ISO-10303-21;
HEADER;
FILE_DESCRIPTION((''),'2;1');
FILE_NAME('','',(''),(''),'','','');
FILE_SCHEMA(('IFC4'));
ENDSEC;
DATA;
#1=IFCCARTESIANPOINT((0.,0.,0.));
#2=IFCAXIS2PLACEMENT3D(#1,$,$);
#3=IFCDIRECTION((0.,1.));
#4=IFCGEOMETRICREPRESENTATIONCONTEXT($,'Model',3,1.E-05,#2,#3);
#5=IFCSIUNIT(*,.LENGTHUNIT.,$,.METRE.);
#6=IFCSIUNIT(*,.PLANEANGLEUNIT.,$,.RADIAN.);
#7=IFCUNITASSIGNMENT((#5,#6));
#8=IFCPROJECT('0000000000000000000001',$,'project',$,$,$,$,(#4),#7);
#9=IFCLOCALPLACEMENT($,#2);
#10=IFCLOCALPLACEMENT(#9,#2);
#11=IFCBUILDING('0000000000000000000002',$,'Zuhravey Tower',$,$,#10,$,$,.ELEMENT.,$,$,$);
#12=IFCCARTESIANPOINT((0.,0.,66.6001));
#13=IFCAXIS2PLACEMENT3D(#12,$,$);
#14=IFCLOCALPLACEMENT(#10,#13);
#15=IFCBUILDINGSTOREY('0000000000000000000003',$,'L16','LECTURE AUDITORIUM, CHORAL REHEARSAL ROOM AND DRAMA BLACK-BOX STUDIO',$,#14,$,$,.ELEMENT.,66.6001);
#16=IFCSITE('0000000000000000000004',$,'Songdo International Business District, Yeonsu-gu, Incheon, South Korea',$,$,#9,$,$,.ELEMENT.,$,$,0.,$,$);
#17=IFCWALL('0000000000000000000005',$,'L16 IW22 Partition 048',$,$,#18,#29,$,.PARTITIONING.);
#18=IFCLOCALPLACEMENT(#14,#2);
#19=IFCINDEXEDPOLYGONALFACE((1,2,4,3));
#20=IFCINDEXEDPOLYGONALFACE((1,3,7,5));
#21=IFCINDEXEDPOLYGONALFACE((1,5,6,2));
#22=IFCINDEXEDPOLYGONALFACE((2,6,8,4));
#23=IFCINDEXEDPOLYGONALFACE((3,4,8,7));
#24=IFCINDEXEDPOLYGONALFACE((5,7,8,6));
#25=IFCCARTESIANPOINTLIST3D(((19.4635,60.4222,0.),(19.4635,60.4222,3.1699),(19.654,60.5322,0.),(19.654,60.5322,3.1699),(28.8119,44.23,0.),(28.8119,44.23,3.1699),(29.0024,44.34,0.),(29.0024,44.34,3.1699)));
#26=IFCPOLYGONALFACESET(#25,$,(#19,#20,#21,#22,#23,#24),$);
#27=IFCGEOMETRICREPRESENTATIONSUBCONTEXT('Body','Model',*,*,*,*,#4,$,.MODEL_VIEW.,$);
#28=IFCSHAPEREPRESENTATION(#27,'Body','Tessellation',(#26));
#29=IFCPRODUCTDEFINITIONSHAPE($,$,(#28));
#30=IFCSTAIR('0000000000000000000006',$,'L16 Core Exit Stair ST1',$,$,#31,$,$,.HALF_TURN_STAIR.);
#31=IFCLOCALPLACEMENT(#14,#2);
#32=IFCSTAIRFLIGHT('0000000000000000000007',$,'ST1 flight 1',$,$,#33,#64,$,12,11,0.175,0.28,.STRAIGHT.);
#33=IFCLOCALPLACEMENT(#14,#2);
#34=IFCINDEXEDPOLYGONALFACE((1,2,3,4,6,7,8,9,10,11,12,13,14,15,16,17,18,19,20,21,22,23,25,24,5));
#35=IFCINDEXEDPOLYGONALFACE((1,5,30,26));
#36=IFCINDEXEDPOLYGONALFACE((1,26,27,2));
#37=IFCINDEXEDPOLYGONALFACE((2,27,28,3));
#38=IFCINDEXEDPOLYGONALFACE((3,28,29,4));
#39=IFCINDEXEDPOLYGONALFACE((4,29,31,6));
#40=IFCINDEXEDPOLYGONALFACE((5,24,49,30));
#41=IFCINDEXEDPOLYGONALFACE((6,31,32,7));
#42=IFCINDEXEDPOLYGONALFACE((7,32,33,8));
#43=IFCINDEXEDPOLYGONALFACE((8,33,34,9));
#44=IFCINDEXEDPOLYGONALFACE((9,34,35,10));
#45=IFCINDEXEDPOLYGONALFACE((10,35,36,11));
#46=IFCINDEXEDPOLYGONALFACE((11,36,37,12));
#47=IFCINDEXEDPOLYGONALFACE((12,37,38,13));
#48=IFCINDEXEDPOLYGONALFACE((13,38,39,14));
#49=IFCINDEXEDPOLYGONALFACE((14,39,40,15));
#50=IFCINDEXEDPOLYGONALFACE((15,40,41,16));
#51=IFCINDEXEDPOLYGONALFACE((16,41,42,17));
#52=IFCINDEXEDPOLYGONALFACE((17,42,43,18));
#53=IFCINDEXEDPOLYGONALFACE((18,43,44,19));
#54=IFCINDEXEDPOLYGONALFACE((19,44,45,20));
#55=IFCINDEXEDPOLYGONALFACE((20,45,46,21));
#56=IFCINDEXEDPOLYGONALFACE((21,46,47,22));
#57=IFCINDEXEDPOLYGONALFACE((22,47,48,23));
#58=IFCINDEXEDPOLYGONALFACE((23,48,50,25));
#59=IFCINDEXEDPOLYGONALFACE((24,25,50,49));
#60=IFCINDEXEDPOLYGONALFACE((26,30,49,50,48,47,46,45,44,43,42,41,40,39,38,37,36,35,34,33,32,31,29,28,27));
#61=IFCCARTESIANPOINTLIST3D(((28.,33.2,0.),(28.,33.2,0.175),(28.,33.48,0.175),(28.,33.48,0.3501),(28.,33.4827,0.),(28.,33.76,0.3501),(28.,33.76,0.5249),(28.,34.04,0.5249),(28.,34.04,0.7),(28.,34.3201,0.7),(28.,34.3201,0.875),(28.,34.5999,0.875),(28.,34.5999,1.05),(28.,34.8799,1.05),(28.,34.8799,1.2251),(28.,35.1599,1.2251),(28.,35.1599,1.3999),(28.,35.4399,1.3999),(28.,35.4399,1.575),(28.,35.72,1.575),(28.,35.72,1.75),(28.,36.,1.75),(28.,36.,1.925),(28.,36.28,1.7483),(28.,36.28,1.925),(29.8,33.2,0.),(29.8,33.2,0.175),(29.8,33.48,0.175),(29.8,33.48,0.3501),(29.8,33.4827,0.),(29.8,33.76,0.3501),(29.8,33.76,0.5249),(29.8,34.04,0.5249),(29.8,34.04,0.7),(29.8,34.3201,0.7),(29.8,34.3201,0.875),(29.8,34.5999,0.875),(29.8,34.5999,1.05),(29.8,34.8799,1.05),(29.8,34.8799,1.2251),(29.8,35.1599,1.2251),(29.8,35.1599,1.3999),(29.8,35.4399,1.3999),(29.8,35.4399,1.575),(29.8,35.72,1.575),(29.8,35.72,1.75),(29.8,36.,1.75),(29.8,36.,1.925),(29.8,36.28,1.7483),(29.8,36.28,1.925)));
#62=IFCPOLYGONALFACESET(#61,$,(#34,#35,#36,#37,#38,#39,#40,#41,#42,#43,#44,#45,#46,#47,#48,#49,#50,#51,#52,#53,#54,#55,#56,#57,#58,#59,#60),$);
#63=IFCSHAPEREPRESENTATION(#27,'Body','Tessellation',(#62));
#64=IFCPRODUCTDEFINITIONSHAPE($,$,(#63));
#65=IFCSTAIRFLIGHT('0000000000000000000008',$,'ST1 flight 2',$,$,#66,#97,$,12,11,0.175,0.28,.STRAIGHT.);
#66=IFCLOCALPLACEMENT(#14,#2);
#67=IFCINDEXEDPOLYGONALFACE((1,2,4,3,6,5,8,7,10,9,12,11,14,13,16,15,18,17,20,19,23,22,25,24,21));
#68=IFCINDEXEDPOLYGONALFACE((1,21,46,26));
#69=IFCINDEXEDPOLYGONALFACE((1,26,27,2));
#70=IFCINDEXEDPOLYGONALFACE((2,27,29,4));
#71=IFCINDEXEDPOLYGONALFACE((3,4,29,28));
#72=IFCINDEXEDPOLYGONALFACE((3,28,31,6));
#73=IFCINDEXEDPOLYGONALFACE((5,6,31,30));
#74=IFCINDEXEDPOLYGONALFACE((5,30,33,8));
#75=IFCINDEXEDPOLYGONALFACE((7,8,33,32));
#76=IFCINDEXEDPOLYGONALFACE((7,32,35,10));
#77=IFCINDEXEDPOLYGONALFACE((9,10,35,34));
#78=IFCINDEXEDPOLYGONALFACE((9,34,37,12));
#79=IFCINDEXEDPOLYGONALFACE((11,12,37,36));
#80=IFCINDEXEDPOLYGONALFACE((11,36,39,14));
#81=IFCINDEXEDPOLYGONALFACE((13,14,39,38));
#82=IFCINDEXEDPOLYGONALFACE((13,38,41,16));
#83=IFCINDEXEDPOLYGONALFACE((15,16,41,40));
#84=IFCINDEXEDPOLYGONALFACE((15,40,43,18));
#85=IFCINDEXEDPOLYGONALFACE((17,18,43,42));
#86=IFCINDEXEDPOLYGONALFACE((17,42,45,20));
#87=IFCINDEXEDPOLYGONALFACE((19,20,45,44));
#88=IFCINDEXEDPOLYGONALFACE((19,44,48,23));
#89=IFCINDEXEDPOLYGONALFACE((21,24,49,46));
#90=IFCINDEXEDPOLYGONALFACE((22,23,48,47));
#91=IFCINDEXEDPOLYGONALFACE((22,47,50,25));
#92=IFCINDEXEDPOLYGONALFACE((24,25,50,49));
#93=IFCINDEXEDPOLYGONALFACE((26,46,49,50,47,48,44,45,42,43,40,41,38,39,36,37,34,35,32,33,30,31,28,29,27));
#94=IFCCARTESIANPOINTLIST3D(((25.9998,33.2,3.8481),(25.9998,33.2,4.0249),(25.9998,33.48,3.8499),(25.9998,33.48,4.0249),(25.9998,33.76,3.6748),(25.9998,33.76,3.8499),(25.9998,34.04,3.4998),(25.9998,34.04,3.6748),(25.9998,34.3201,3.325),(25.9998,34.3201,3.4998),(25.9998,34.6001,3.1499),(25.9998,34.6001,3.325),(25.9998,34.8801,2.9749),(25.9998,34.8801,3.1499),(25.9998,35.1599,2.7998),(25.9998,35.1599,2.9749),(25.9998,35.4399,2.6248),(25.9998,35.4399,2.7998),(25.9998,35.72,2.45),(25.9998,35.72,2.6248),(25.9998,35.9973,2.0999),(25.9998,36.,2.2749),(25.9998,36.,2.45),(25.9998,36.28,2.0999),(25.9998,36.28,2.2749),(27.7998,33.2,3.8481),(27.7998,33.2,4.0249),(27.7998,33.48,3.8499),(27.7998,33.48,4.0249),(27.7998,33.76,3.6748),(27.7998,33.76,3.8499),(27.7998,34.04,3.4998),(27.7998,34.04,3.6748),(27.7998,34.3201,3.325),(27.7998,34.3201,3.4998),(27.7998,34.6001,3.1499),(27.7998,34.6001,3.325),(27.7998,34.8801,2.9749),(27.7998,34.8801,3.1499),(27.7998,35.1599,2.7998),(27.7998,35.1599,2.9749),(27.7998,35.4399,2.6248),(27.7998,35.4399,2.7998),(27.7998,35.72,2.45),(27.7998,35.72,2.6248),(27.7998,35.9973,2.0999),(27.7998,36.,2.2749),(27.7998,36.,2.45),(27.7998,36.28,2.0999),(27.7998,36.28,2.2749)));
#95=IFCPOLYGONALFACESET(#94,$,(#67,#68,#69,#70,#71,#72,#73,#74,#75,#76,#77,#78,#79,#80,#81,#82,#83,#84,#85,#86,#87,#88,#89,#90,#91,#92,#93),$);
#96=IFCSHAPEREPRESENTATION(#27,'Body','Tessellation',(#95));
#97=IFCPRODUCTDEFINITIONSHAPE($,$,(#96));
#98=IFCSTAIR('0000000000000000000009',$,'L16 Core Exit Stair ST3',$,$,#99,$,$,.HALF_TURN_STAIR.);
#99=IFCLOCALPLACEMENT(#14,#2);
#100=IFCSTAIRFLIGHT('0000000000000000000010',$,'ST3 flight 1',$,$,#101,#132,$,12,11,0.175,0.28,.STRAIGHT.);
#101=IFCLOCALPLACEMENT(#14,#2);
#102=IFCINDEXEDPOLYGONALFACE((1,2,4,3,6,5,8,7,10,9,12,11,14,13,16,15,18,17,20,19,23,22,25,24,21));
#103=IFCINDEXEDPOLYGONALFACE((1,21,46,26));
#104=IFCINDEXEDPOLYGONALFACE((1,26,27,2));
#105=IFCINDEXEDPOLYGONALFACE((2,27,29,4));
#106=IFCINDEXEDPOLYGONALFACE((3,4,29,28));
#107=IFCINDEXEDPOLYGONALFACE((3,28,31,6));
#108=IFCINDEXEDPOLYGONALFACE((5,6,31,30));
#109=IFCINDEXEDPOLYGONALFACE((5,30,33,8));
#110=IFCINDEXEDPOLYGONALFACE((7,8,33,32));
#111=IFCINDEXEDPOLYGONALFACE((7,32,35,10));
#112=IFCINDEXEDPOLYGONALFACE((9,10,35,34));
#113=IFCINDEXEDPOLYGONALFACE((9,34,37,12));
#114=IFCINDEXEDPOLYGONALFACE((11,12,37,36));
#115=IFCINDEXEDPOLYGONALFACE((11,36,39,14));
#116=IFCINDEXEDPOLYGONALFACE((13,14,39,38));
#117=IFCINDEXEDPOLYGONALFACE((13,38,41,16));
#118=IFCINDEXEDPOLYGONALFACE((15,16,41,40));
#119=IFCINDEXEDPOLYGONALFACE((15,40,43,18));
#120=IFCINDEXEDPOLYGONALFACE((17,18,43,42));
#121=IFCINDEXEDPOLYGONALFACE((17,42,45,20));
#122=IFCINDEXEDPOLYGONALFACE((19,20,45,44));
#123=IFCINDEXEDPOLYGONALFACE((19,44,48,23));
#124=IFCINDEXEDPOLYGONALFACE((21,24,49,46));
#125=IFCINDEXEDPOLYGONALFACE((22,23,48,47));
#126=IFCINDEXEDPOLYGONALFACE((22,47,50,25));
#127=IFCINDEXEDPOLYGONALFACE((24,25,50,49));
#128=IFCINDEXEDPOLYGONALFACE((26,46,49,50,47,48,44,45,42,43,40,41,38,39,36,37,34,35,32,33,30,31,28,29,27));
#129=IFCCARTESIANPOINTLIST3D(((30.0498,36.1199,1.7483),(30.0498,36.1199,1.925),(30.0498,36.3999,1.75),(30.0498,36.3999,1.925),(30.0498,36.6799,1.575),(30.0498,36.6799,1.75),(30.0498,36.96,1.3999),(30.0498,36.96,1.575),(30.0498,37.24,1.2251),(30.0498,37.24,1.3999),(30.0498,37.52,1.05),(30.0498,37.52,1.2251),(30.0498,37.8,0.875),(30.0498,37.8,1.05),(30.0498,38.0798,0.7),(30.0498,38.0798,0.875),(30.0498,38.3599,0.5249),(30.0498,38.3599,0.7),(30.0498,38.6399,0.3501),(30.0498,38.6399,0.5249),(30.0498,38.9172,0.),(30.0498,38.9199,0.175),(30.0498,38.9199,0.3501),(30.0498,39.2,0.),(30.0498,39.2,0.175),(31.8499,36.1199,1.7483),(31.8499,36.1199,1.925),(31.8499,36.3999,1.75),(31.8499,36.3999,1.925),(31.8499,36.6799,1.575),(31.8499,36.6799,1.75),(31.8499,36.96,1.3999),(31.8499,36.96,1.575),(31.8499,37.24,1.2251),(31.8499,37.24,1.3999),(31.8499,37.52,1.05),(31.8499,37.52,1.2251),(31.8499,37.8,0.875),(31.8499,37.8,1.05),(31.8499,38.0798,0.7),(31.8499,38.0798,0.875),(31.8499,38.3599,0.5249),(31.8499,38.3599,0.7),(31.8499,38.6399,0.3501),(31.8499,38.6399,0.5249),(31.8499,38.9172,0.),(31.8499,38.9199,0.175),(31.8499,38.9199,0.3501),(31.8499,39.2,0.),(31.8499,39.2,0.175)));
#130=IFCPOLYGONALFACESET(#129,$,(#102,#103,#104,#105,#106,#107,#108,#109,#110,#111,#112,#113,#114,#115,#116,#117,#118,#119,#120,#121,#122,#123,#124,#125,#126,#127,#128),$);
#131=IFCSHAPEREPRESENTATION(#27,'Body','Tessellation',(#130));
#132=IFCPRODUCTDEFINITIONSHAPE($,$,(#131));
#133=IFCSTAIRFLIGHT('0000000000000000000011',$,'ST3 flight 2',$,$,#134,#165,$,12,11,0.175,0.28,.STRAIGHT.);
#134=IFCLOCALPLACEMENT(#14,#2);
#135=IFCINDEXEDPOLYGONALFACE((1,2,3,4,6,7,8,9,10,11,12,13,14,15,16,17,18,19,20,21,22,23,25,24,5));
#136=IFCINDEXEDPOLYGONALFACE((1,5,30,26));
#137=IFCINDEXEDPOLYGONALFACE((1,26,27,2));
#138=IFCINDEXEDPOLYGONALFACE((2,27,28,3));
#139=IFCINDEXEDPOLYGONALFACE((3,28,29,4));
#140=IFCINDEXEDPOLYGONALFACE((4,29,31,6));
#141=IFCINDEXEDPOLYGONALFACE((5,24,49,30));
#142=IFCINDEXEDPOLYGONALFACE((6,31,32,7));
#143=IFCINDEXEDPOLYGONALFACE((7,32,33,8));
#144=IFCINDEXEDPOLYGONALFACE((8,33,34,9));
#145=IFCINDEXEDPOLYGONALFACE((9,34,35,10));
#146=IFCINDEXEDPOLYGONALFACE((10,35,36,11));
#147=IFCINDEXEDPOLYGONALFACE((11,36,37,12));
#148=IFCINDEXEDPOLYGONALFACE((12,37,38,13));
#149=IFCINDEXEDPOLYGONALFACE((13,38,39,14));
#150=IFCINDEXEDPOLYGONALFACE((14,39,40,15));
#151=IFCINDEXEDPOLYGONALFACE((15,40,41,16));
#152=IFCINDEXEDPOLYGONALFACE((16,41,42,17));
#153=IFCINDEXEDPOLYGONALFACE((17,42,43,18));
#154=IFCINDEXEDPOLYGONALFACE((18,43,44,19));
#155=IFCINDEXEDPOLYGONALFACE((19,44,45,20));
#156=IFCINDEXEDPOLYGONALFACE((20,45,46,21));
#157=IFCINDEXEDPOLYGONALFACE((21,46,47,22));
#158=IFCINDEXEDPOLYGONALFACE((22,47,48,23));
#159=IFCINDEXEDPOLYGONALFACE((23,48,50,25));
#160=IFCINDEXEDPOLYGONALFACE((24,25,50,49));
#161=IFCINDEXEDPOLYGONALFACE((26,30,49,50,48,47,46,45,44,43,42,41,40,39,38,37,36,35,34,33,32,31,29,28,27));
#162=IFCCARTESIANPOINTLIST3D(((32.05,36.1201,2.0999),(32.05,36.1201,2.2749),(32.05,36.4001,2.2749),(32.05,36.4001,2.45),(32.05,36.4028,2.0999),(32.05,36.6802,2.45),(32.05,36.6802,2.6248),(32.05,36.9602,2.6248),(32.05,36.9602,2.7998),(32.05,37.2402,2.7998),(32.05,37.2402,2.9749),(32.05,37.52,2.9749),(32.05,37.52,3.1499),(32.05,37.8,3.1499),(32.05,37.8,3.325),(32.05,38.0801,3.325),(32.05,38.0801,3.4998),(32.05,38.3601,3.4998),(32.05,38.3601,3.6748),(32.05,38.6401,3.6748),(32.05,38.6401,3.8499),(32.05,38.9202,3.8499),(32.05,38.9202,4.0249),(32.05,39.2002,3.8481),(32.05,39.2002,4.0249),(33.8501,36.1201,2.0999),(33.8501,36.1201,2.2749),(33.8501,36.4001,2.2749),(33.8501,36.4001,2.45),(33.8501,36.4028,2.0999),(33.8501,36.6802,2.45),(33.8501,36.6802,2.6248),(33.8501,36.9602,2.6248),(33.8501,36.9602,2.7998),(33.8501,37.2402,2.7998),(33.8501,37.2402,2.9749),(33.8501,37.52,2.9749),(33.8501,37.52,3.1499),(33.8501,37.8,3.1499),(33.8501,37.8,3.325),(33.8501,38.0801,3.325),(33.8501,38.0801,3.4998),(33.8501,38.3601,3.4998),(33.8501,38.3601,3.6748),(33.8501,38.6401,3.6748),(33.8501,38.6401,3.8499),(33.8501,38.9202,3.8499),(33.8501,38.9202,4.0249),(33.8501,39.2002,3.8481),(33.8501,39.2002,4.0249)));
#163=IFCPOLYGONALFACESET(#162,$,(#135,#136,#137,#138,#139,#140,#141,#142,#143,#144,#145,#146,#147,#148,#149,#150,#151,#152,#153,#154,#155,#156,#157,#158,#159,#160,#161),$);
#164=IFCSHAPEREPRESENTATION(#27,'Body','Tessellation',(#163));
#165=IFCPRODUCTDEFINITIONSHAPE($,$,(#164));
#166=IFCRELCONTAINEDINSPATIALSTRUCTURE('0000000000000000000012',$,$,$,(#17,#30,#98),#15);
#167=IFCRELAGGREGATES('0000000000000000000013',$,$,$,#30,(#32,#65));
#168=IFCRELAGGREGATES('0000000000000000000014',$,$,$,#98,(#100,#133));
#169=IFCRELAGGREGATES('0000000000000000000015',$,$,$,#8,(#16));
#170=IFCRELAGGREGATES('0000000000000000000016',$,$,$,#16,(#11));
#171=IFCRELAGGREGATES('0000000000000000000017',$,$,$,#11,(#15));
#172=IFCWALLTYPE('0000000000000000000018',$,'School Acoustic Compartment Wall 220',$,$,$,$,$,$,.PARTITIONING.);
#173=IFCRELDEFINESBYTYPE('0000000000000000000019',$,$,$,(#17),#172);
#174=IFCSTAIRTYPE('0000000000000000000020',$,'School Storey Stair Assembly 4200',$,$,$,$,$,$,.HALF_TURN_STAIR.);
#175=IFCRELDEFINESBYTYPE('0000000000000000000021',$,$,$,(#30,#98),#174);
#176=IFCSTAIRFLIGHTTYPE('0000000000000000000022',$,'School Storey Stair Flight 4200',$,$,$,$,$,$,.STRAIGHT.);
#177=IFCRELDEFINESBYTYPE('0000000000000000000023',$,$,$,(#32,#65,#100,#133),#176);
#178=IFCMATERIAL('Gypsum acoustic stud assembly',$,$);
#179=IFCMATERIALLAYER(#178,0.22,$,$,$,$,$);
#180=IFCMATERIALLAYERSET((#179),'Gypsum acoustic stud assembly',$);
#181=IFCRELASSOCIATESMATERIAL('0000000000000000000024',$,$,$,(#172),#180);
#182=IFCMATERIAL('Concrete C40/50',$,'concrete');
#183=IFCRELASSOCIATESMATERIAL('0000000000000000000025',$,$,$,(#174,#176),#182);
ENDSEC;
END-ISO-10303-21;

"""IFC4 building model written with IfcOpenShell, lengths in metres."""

from ifc_helpers import new_model, si_unit, direction, frame, frame_2d, origin, place, context, subcontext, project, spatial, polyline, rectangle, outline, extrude, material, layer, layer_set, type_object, element, aggregate, save


model = new_model("IFC4")

# Units and contexts
model_context = context("Model", 3, precision=1e-05, world=origin(), true_north=direction((0.0, 1.0)))
body_context = subcontext(model_context, "Body", "Model", "MODEL_VIEW")
ifc_project = project(units=[si_unit("LENGTHUNIT", "METRE"), si_unit("PLANEANGLEUNIT", "RADIAN")], contexts=[model_context])

# Site, building, storey
site_placement = place(None, origin())
site = spatial("IfcSite", under=ifc_project, at=site_placement, Name="Songdo International Business District, Yeonsu-gu, Incheon, South Korea", CompositionType="ELEMENT", RefElevation=0.0)
building_placement = place(site_placement, origin())
building = spatial("IfcBuilding", under=site, at=building_placement, Name="Zuhravey Tower", CompositionType="ELEMENT")
storey_placement = place(building_placement, frame((0.0, 0.0, 66.6001)))
storey = spatial("IfcBuildingStorey", under=building, at=storey_placement, Name="L16", Description="LECTURE AUDITORIUM, CHORAL REHEARSAL ROOM AND DRAMA BLACK-BOX STUDIO", CompositionType="ELEMENT", Elevation=66.6001)

# Wall
ifc_material_1 = material(Name="Gypsum acoustic stud assembly")
ifc_layer_1 = layer(ifc_material_1, 0.22)
ifc_layer_set_1 = layer_set([ifc_layer_1], Name="Gypsum acoustic stud assembly")
wall_type_1 = type_object("IfcWallType", Name="School Acoustic Compartment Wall 220", PredefinedType="PARTITIONING", material=ifc_layer_set_1)
wall_1_placement = place(storey_placement, frame((28.9072, 44.2849, 0.0), z_axis=(0.0, 0.0, 1.0), x_axis=(-0.499994, 0.866029, 0.0)))
element("IfcWall", 1, at=wall_1_placement, inside=storey, type_object=wall_type_1, Name="L16 IW22 Partition 048", PredefinedType="PARTITIONING", context=body_context, shape_type="SweptSolid", body=[
    extrude(rectangle(XDim=18.697, YDim=0.22, at=frame_2d((9.3486, 0.0))), origin(), (0.0, 0.0, 1.0), 3.1699),
])

# Stairs, stair flights
ifc_material_2 = material(Name="Concrete C40/50", Category="concrete")
stair_type = type_object("IfcStairType", Name="School Storey Stair Assembly 4200", PredefinedType="HALF_TURN_STAIR", material=ifc_material_2)
stair_1_placement = place(storey_placement, origin())
stair_1 = element("IfcStair", 2, at=stair_1_placement, inside=storey, type_object=stair_type, Name="L16 Core Exit Stair ST1", PredefinedType="HALF_TURN_STAIR")
stair_flight_type = type_object("IfcStairFlightType", Name="School Storey Stair Flight 4200", PredefinedType="STRAIGHT", material=ifc_material_2)
stair_flight_1_placement = place(storey_placement, frame((28.8999, 33.2, 0.0), z_axis=(0.0, 0.0, 1.0), x_axis=(0.0, 1.0, 0.0)))
stair_flight_1 = element("IfcStairFlight", 3, at=stair_flight_1_placement, type_object=stair_flight_type, Name="ST1 flight 1", NumberOfRisers=12, NumberOfTreads=11, PredefinedType="STRAIGHT", RiserHeight=0.175, TreadLength=0.28, context=body_context, shape_type="SweptSolid", body=[
    extrude(outline(polyline([(0.0, 0.0), (0.0, 0.175), (0.28, 0.175), (0.28, 0.3501), (0.5601, 0.3501), (0.5601, 0.5249), (0.8401, 0.5249), (0.8401, 0.7), (1.1201, 0.7), (1.1201, 0.875), (1.3999, 0.875), (1.3999, 1.05), (1.6799, 1.05), (1.6799, 1.2251), (1.96, 1.2251), (1.96, 1.3999), (2.24, 1.3999), (2.24, 1.575), (2.52, 1.575), (2.52, 1.75), (2.8, 1.75), (2.8, 1.925), (3.0801, 1.925), (3.0801, 2.1001), (3.0801, 1.7483), (0.2827, 0.0), (0.0, 0.0)])), frame((0.0, 0.8999, 0.0), z_axis=(0.0, -1.0, 0.0), x_axis=(1.0, 0.0, 0.0)), (0.0, 0.0, 1.0), 1.8),
])
stair_flight_2_placement = place(storey_placement, frame((26.8999, 36.28, 2.0999), z_axis=(0.0, 0.0, 1.0), x_axis=(0.0, -1.0, 0.0)))
stair_flight_2 = element("IfcStairFlight", 4, at=stair_flight_2_placement, type_object=stair_flight_type, Name="ST1 flight 2", NumberOfRisers=12, NumberOfTreads=11, PredefinedType="STRAIGHT", RiserHeight=0.175, TreadLength=0.28, context=body_context, shape_type="SweptSolid", body=[
    extrude(outline(polyline([(0.0, 0.0), (0.0, 0.175), (0.28, 0.175), (0.28, 0.3501), (0.5601, 0.3501), (0.5601, 0.5249), (0.8401, 0.5249), (0.8401, 0.7), (1.1201, 0.7), (1.1201, 0.875), (1.3999, 0.875), (1.3999, 1.05), (1.6799, 1.05), (1.6799, 1.2251), (1.96, 1.2251), (1.96, 1.3999), (2.24, 1.3999), (2.24, 1.575), (2.52, 1.575), (2.52, 1.75), (2.8, 1.75), (2.8, 1.925), (3.0801, 1.925), (3.0801, 2.1001), (3.0801, 1.7483), (0.2827, 0.0), (0.0, 0.0)])), frame((0.0, 0.8999, 0.0), z_axis=(0.0, -1.0, 0.0), x_axis=(1.0, 0.0, 0.0)), (0.0, 0.0, 1.0), 1.8),
])
aggregate(stair_1, [stair_flight_1, stair_flight_2])
stair_2_placement = place(storey_placement, origin())
stair_2 = element("IfcStair", 5, at=stair_2_placement, inside=storey, type_object=stair_type, Name="L16 Core Exit Stair ST3", PredefinedType="HALF_TURN_STAIR")
stair_flight_3_placement = place(storey_placement, frame((30.95, 39.2, 0.0), z_axis=(0.0, 0.0, 1.0), x_axis=(0.0, -1.0, 0.0)))
stair_flight_3 = element("IfcStairFlight", 6, at=stair_flight_3_placement, type_object=stair_flight_type, Name="ST3 flight 1", NumberOfRisers=12, NumberOfTreads=11, PredefinedType="STRAIGHT", RiserHeight=0.175, TreadLength=0.28, context=body_context, shape_type="SweptSolid", body=[
    extrude(outline(polyline([(0.0, 0.0), (0.0, 0.175), (0.28, 0.175), (0.28, 0.3501), (0.5601, 0.3501), (0.5601, 0.5249), (0.8401, 0.5249), (0.8401, 0.7), (1.1201, 0.7), (1.1201, 0.875), (1.3999, 0.875), (1.3999, 1.05), (1.6799, 1.05), (1.6799, 1.2251), (1.96, 1.2251), (1.96, 1.3999), (2.24, 1.3999), (2.24, 1.575), (2.52, 1.575), (2.52, 1.75), (2.8, 1.75), (2.8, 1.925), (3.0801, 1.925), (3.0801, 2.1001), (3.0801, 1.7483), (0.2827, 0.0), (0.0, 0.0)])), frame((0.0, 0.8999, 0.0), z_axis=(0.0, -1.0, 0.0), x_axis=(1.0, 0.0, 0.0)), (0.0, 0.0, 1.0), 1.8),
])
stair_flight_4_placement = place(storey_placement, frame((32.95, 36.1201, 2.0999), z_axis=(0.0, 0.0, 1.0), x_axis=(0.0, 1.0, 0.0)))
stair_flight_4 = element("IfcStairFlight", 7, at=stair_flight_4_placement, type_object=stair_flight_type, Name="ST3 flight 2", NumberOfRisers=12, NumberOfTreads=11, PredefinedType="STRAIGHT", RiserHeight=0.175, TreadLength=0.28, context=body_context, shape_type="SweptSolid", body=[
    extrude(outline(polyline([(0.0, 0.0), (0.0, 0.175), (0.28, 0.175), (0.28, 0.3501), (0.5601, 0.3501), (0.5601, 0.5249), (0.8401, 0.5249), (0.8401, 0.7), (1.1201, 0.7), (1.1201, 0.875), (1.3999, 0.875), (1.3999, 1.05), (1.6799, 1.05), (1.6799, 1.2251), (1.96, 1.2251), (1.96, 1.3999), (2.24, 1.3999), (2.24, 1.575), (2.52, 1.575), (2.52, 1.75), (2.8, 1.75), (2.8, 1.925), (3.0801, 1.925), (3.0801, 2.1001), (3.0801, 1.7483), (0.2827, 0.0), (0.0, 0.0)])), frame((0.0, 0.8999, 0.0), z_axis=(0.0, -1.0, 0.0), x_axis=(1.0, 0.0, 0.0)), (0.0, 0.0, 1.0), 1.8),
])
aggregate(stair_2, [stair_flight_3, stair_flight_4])

save(model, "model.ifc")
